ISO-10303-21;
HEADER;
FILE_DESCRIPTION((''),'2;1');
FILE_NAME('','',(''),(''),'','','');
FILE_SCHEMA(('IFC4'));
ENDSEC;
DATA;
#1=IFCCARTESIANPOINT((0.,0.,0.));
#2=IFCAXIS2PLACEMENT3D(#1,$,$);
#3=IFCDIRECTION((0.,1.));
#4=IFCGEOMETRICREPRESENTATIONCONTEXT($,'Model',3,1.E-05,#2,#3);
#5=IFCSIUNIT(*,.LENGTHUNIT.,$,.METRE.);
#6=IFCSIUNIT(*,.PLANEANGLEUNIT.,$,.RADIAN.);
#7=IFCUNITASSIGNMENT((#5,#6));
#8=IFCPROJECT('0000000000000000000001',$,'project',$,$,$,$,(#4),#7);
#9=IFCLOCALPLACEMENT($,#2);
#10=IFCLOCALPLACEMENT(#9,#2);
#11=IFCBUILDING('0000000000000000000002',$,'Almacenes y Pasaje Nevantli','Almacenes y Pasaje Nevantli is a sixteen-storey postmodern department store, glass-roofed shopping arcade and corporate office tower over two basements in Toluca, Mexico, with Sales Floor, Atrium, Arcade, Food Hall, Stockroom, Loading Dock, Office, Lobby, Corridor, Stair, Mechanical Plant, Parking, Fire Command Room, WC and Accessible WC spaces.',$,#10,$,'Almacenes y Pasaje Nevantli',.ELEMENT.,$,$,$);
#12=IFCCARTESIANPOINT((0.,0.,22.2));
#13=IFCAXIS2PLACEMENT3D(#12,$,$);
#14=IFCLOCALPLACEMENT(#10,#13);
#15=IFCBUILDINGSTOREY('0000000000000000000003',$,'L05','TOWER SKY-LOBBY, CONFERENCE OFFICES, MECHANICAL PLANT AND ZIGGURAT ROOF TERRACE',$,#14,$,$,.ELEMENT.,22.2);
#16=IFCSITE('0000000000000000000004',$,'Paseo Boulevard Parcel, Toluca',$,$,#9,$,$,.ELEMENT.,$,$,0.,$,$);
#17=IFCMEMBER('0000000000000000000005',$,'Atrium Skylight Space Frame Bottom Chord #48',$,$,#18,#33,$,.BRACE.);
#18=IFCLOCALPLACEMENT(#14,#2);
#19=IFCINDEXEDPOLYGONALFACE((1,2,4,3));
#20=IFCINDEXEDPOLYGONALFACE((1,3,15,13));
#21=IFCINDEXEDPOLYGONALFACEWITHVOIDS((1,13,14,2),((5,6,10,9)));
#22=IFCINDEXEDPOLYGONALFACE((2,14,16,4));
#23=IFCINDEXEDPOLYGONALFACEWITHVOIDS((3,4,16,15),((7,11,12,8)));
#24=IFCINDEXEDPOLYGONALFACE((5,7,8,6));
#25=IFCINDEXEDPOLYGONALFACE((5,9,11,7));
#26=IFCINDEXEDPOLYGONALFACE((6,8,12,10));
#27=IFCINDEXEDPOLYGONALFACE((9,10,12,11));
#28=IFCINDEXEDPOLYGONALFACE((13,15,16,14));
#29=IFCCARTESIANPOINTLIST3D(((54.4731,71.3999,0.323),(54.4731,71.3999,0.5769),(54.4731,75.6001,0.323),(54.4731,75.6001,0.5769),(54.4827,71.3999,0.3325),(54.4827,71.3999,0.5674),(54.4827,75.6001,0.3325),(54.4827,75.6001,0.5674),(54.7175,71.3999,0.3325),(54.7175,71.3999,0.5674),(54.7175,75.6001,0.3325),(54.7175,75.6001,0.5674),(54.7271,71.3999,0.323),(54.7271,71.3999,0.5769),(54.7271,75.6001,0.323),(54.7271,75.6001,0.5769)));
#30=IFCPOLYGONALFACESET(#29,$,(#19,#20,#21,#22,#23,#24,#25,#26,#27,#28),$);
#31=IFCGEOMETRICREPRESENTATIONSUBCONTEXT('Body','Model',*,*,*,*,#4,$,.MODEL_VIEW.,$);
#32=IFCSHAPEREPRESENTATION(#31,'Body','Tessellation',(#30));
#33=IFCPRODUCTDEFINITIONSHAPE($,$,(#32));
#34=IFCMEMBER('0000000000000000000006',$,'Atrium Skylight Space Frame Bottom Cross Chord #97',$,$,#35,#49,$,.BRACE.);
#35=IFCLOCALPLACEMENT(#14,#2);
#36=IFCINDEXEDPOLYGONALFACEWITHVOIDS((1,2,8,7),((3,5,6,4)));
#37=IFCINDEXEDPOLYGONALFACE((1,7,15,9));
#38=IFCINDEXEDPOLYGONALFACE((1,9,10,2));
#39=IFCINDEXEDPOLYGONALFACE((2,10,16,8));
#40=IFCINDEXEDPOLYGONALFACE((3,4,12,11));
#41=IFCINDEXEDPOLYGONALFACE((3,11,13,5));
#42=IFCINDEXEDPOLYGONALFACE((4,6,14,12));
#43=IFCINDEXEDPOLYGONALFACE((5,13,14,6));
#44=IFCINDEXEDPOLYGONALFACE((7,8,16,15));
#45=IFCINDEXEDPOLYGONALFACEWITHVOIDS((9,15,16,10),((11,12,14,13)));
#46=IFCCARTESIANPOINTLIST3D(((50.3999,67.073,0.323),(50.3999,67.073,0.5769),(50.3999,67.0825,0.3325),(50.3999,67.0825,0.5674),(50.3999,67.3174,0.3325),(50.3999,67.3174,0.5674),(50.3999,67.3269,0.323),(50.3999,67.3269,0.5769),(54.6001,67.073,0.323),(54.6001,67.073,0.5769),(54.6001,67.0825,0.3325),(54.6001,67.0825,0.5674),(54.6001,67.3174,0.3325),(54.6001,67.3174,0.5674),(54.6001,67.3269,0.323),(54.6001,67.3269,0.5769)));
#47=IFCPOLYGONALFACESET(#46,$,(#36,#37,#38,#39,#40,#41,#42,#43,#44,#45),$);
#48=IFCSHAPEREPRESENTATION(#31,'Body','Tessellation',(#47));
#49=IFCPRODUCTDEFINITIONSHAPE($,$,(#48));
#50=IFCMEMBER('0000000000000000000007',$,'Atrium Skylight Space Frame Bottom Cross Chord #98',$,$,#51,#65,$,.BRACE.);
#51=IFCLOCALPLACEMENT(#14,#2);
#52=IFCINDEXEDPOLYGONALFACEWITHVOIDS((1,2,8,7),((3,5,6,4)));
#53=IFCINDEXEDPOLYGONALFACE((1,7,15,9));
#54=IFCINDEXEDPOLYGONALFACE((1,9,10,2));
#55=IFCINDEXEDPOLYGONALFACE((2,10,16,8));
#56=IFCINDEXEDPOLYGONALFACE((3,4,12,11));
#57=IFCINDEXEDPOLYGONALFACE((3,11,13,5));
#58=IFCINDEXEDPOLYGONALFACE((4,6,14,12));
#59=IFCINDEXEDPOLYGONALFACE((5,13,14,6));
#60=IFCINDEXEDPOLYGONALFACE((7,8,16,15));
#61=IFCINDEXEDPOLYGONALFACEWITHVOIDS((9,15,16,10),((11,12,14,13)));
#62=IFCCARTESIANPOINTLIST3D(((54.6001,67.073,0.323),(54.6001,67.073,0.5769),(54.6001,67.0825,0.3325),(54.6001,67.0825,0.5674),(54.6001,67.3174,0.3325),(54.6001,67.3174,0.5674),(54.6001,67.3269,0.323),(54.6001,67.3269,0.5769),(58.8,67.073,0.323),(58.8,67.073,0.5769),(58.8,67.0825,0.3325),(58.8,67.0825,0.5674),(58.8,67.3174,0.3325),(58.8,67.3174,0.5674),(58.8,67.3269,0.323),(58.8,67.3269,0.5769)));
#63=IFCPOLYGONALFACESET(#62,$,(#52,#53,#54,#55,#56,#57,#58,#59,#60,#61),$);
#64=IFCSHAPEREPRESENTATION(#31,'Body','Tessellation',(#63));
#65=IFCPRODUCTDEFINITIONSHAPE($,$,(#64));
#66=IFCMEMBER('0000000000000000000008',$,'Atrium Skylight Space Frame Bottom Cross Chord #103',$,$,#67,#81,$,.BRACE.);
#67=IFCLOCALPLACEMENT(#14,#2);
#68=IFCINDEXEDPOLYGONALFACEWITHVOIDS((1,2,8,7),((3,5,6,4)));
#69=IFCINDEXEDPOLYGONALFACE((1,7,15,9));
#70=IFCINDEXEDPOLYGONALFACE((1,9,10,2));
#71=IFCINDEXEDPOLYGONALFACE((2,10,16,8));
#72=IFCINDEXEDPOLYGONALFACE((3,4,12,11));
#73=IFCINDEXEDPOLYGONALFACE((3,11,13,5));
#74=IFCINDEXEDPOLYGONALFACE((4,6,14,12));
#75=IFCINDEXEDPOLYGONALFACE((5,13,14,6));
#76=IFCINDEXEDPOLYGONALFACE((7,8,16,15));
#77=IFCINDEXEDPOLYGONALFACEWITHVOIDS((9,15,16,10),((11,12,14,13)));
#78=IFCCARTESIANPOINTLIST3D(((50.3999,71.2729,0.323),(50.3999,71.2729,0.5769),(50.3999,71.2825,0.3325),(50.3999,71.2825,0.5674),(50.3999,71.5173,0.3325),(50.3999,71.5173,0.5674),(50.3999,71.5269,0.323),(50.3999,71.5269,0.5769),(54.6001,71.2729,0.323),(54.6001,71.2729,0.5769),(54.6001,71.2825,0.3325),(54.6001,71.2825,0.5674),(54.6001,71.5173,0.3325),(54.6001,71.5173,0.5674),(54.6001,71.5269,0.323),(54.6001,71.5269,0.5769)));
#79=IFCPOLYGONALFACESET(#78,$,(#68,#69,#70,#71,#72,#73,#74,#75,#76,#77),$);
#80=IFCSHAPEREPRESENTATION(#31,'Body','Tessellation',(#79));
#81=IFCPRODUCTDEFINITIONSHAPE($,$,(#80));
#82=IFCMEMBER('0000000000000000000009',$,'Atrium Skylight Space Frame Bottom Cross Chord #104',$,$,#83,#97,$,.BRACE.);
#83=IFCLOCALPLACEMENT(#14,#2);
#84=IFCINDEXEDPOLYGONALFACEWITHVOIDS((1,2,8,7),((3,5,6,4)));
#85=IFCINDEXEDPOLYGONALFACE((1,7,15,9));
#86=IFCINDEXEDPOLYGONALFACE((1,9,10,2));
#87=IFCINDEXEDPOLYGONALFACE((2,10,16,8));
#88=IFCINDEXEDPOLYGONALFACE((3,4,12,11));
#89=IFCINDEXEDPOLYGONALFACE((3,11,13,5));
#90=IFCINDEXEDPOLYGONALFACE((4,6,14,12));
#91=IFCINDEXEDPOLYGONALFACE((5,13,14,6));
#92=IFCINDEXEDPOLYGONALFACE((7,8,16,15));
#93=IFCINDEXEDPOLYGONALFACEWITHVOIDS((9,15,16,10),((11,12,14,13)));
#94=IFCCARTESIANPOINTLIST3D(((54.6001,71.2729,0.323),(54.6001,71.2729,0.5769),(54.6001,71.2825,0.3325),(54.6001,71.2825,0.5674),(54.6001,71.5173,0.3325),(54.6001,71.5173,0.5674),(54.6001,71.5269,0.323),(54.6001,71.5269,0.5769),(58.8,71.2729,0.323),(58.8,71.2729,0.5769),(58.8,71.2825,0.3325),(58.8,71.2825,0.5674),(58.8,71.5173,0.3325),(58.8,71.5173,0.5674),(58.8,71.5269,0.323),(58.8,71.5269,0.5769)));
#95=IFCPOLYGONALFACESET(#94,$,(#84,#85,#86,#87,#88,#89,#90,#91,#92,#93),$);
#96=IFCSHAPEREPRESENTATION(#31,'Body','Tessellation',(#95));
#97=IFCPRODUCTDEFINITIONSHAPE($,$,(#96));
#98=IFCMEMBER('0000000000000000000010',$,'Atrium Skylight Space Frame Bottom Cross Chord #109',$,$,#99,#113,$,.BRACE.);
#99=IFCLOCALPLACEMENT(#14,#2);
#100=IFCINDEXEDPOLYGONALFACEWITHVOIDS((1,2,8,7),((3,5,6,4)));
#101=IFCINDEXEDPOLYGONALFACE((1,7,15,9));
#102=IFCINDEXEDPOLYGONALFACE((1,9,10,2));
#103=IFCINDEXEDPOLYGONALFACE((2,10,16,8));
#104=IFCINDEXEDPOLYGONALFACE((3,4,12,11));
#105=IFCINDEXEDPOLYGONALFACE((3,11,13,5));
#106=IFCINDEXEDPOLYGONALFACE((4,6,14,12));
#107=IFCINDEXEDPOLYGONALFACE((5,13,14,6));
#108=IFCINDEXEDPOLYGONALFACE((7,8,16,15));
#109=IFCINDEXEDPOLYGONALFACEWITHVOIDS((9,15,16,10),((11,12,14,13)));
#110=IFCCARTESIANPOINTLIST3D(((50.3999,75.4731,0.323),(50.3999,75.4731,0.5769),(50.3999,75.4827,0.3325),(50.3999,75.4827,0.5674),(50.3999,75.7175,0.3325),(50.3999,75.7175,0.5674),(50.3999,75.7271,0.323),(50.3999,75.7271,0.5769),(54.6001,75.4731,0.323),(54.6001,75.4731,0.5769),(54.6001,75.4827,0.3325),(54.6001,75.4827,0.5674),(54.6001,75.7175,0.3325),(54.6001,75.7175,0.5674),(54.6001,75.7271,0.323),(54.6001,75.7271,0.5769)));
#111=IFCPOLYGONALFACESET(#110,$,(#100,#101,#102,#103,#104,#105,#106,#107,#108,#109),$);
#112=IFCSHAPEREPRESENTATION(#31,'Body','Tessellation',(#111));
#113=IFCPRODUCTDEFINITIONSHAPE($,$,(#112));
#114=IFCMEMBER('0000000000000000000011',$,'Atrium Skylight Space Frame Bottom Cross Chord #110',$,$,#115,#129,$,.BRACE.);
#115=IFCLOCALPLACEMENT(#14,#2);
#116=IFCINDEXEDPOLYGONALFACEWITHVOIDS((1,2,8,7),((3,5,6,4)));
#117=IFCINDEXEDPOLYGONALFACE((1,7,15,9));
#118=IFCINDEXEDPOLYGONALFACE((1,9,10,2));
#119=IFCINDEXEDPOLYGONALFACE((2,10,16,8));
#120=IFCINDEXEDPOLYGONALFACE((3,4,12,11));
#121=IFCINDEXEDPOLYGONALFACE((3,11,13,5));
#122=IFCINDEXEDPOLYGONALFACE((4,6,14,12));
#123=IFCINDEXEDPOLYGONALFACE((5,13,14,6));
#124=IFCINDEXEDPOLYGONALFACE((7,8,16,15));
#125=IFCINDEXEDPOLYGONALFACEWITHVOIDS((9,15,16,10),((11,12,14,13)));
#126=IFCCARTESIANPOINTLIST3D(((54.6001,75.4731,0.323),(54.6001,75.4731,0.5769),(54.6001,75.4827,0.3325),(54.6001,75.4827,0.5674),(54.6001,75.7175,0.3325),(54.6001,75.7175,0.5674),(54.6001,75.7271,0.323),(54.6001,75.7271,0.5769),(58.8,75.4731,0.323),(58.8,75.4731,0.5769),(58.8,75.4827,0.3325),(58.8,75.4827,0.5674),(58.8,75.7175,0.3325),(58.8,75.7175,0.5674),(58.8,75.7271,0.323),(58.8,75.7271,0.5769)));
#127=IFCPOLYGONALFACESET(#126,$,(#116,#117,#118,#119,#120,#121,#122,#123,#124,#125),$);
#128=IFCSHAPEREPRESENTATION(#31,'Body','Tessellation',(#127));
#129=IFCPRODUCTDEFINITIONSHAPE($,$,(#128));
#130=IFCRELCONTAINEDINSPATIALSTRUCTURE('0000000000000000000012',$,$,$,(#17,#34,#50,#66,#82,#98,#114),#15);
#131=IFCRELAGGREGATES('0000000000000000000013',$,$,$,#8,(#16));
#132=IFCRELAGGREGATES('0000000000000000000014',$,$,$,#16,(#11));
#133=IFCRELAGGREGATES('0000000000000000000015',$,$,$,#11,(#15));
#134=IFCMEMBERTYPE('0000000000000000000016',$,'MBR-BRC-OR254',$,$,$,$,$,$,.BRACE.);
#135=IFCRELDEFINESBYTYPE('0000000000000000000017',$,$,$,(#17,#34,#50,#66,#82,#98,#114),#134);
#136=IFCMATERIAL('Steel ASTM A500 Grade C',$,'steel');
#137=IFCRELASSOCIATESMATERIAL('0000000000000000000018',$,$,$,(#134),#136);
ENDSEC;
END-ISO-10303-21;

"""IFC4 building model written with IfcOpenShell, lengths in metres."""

from ifc_helpers import new_model, si_unit, direction, frame, origin, origin_2d, place, context, subcontext, project, spatial, hollow_rectangle, extrude, material, material_profile, profile_set, type_object, element, save


model = new_model("IFC4")

# Units and contexts
model_context = context("Model", 3, precision=1e-05, world=origin(), true_north=direction((0.0, 1.0)))
body_context = subcontext(model_context, "Body", "Model", "MODEL_VIEW")
ifc_project = project(units=[si_unit("LENGTHUNIT", "METRE"), si_unit("PLANEANGLEUNIT", "RADIAN")], contexts=[model_context])

# Site, building, storey
site_placement = place(None, origin())
site = spatial("IfcSite", under=ifc_project, at=site_placement, Name="Paseo Boulevard Parcel, Toluca", CompositionType="ELEMENT", RefElevation=0.0)
building_placement = place(site_placement, origin())
building = spatial("IfcBuilding", under=site, at=building_placement, Name="Almacenes y Pasaje Nevantli", Description="Almacenes y Pasaje Nevantli is a sixteen-storey postmodern department store, glass-roofed shopping arcade and corporate office tower over two basements in Toluca, Mexico, with Sales Floor, Atrium, Arcade, Food Hall, Stockroom, Loading Dock, Office, Lobby, Corridor, Stair, Mechanical Plant, Parking, Fire Command Room, WC and Accessible WC spaces.", LongName="Almacenes y Pasaje Nevantli", CompositionType="ELEMENT")
storey_placement = place(building_placement, frame((0.0, 0.0, 22.2)))
storey = spatial("IfcBuildingStorey", under=building, at=storey_placement, Name="L05", Description="TOWER SKY-LOBBY, CONFERENCE OFFICES, MECHANICAL PLANT AND ZIGGURAT ROOF TERRACE", CompositionType="ELEMENT", Elevation=22.2)

# Members
ifc_material_1 = material(Name="Steel ASTM A500 Grade C", Category="steel")
ifc_material_profile_1 = material_profile(ifc_material_1, hollow_rectangle(XDim=0.2539, YDim=0.2539, WallThickness=0.0095, at=origin_2d()), Name="OR 254x254x9.5")
ifc_profile_set_1 = profile_set([ifc_material_profile_1], Name="Steel ASTM A500 Grade C")
member_type_1 = type_object("IfcMemberType", Name="MBR-BRC-OR254", PredefinedType="BRACE", material=ifc_profile_set_1)
for number, where, z_axis, x_axis, name in (
    (1, (54.6001, 71.3999, 0.45), (0.0, 1.0, 0.0), (-1.0, 0.0, 0.0), "Atrium Skylight Space Frame Bottom Chord #48"),
    (2, (50.3999, 67.2, 0.45), (1.0, 0.0, 0.0), (0.0, 1.0, 0.0), "Atrium Skylight Space Frame Bottom Cross Chord #97"),
):
    element("IfcMember", number, at=place(storey_placement, frame(where, z_axis=z_axis, x_axis=x_axis)), inside=storey, type_object=member_type_1, Name=name, PredefinedType="BRACE", context=body_context, shape_type="SweptSolid", body=[
        extrude(hollow_rectangle(XDim=0.2539, YDim=0.2539, WallThickness=0.0095, at=origin_2d()), origin(), (0.0, 0.0, 1.0), 4.2002),
    ])
member_1_placement = place(storey_placement, frame((54.6001, 67.2, 0.45), z_axis=(1.0, 0.0, 0.0), x_axis=(0.0, 1.0, 0.0)))
element("IfcMember", 3, at=member_1_placement, inside=storey, type_object=member_type_1, Name="Atrium Skylight Space Frame Bottom Cross Chord #98", PredefinedType="BRACE", context=body_context, shape_type="SweptSolid", body=[
    extrude(hollow_rectangle(XDim=0.2539, YDim=0.2539, WallThickness=0.0095, at=origin_2d()), origin(), (0.0, 0.0, 1.0), 4.2),
])
member_2_placement = place(storey_placement, frame((50.3999, 71.3999, 0.45), z_axis=(1.0, 0.0, 0.0), x_axis=(0.0, 1.0, 0.0)))
element("IfcMember", 4, at=member_2_placement, inside=storey, type_object=member_type_1, Name="Atrium Skylight Space Frame Bottom Cross Chord #103", PredefinedType="BRACE", context=body_context, shape_type="SweptSolid", body=[
    extrude(hollow_rectangle(XDim=0.2539, YDim=0.2539, WallThickness=0.0095, at=origin_2d()), origin(), (0.0, 0.0, 1.0), 4.2002),
])
member_3_placement = place(storey_placement, frame((54.6001, 71.3999, 0.45), z_axis=(1.0, 0.0, 0.0), x_axis=(0.0, 1.0, 0.0)))
element("IfcMember", 5, at=member_3_placement, inside=storey, type_object=member_type_1, Name="Atrium Skylight Space Frame Bottom Cross Chord #104", PredefinedType="BRACE", context=body_context, shape_type="SweptSolid", body=[
    extrude(hollow_rectangle(XDim=0.2539, YDim=0.2539, WallThickness=0.0095, at=origin_2d()), origin(), (0.0, 0.0, 1.0), 4.2),
])
member_4_placement = place(storey_placement, frame((50.3999, 75.6001, 0.45), z_axis=(1.0, 0.0, 0.0), x_axis=(0.0, 1.0, 0.0)))
element("IfcMember", 6, at=member_4_placement, inside=storey, type_object=member_type_1, Name="Atrium Skylight Space Frame Bottom Cross Chord #109", PredefinedType="BRACE", context=body_context, shape_type="SweptSolid", body=[
    extrude(hollow_rectangle(XDim=0.2539, YDim=0.2539, WallThickness=0.0095, at=origin_2d()), origin(), (0.0, 0.0, 1.0), 4.2002),
])
member_5_placement = place(storey_placement, frame((54.6001, 75.6001, 0.45), z_axis=(1.0, 0.0, 0.0), x_axis=(0.0, 1.0, 0.0)))
element("IfcMember", 7, at=member_5_placement, inside=storey, type_object=member_type_1, Name="Atrium Skylight Space Frame Bottom Cross Chord #110", PredefinedType="BRACE", context=body_context, shape_type="SweptSolid", body=[
    extrude(hollow_rectangle(XDim=0.2539, YDim=0.2539, WallThickness=0.0095, at=origin_2d()), origin(), (0.0, 0.0, 1.0), 4.2),
])

save(model, "model.ifc")
